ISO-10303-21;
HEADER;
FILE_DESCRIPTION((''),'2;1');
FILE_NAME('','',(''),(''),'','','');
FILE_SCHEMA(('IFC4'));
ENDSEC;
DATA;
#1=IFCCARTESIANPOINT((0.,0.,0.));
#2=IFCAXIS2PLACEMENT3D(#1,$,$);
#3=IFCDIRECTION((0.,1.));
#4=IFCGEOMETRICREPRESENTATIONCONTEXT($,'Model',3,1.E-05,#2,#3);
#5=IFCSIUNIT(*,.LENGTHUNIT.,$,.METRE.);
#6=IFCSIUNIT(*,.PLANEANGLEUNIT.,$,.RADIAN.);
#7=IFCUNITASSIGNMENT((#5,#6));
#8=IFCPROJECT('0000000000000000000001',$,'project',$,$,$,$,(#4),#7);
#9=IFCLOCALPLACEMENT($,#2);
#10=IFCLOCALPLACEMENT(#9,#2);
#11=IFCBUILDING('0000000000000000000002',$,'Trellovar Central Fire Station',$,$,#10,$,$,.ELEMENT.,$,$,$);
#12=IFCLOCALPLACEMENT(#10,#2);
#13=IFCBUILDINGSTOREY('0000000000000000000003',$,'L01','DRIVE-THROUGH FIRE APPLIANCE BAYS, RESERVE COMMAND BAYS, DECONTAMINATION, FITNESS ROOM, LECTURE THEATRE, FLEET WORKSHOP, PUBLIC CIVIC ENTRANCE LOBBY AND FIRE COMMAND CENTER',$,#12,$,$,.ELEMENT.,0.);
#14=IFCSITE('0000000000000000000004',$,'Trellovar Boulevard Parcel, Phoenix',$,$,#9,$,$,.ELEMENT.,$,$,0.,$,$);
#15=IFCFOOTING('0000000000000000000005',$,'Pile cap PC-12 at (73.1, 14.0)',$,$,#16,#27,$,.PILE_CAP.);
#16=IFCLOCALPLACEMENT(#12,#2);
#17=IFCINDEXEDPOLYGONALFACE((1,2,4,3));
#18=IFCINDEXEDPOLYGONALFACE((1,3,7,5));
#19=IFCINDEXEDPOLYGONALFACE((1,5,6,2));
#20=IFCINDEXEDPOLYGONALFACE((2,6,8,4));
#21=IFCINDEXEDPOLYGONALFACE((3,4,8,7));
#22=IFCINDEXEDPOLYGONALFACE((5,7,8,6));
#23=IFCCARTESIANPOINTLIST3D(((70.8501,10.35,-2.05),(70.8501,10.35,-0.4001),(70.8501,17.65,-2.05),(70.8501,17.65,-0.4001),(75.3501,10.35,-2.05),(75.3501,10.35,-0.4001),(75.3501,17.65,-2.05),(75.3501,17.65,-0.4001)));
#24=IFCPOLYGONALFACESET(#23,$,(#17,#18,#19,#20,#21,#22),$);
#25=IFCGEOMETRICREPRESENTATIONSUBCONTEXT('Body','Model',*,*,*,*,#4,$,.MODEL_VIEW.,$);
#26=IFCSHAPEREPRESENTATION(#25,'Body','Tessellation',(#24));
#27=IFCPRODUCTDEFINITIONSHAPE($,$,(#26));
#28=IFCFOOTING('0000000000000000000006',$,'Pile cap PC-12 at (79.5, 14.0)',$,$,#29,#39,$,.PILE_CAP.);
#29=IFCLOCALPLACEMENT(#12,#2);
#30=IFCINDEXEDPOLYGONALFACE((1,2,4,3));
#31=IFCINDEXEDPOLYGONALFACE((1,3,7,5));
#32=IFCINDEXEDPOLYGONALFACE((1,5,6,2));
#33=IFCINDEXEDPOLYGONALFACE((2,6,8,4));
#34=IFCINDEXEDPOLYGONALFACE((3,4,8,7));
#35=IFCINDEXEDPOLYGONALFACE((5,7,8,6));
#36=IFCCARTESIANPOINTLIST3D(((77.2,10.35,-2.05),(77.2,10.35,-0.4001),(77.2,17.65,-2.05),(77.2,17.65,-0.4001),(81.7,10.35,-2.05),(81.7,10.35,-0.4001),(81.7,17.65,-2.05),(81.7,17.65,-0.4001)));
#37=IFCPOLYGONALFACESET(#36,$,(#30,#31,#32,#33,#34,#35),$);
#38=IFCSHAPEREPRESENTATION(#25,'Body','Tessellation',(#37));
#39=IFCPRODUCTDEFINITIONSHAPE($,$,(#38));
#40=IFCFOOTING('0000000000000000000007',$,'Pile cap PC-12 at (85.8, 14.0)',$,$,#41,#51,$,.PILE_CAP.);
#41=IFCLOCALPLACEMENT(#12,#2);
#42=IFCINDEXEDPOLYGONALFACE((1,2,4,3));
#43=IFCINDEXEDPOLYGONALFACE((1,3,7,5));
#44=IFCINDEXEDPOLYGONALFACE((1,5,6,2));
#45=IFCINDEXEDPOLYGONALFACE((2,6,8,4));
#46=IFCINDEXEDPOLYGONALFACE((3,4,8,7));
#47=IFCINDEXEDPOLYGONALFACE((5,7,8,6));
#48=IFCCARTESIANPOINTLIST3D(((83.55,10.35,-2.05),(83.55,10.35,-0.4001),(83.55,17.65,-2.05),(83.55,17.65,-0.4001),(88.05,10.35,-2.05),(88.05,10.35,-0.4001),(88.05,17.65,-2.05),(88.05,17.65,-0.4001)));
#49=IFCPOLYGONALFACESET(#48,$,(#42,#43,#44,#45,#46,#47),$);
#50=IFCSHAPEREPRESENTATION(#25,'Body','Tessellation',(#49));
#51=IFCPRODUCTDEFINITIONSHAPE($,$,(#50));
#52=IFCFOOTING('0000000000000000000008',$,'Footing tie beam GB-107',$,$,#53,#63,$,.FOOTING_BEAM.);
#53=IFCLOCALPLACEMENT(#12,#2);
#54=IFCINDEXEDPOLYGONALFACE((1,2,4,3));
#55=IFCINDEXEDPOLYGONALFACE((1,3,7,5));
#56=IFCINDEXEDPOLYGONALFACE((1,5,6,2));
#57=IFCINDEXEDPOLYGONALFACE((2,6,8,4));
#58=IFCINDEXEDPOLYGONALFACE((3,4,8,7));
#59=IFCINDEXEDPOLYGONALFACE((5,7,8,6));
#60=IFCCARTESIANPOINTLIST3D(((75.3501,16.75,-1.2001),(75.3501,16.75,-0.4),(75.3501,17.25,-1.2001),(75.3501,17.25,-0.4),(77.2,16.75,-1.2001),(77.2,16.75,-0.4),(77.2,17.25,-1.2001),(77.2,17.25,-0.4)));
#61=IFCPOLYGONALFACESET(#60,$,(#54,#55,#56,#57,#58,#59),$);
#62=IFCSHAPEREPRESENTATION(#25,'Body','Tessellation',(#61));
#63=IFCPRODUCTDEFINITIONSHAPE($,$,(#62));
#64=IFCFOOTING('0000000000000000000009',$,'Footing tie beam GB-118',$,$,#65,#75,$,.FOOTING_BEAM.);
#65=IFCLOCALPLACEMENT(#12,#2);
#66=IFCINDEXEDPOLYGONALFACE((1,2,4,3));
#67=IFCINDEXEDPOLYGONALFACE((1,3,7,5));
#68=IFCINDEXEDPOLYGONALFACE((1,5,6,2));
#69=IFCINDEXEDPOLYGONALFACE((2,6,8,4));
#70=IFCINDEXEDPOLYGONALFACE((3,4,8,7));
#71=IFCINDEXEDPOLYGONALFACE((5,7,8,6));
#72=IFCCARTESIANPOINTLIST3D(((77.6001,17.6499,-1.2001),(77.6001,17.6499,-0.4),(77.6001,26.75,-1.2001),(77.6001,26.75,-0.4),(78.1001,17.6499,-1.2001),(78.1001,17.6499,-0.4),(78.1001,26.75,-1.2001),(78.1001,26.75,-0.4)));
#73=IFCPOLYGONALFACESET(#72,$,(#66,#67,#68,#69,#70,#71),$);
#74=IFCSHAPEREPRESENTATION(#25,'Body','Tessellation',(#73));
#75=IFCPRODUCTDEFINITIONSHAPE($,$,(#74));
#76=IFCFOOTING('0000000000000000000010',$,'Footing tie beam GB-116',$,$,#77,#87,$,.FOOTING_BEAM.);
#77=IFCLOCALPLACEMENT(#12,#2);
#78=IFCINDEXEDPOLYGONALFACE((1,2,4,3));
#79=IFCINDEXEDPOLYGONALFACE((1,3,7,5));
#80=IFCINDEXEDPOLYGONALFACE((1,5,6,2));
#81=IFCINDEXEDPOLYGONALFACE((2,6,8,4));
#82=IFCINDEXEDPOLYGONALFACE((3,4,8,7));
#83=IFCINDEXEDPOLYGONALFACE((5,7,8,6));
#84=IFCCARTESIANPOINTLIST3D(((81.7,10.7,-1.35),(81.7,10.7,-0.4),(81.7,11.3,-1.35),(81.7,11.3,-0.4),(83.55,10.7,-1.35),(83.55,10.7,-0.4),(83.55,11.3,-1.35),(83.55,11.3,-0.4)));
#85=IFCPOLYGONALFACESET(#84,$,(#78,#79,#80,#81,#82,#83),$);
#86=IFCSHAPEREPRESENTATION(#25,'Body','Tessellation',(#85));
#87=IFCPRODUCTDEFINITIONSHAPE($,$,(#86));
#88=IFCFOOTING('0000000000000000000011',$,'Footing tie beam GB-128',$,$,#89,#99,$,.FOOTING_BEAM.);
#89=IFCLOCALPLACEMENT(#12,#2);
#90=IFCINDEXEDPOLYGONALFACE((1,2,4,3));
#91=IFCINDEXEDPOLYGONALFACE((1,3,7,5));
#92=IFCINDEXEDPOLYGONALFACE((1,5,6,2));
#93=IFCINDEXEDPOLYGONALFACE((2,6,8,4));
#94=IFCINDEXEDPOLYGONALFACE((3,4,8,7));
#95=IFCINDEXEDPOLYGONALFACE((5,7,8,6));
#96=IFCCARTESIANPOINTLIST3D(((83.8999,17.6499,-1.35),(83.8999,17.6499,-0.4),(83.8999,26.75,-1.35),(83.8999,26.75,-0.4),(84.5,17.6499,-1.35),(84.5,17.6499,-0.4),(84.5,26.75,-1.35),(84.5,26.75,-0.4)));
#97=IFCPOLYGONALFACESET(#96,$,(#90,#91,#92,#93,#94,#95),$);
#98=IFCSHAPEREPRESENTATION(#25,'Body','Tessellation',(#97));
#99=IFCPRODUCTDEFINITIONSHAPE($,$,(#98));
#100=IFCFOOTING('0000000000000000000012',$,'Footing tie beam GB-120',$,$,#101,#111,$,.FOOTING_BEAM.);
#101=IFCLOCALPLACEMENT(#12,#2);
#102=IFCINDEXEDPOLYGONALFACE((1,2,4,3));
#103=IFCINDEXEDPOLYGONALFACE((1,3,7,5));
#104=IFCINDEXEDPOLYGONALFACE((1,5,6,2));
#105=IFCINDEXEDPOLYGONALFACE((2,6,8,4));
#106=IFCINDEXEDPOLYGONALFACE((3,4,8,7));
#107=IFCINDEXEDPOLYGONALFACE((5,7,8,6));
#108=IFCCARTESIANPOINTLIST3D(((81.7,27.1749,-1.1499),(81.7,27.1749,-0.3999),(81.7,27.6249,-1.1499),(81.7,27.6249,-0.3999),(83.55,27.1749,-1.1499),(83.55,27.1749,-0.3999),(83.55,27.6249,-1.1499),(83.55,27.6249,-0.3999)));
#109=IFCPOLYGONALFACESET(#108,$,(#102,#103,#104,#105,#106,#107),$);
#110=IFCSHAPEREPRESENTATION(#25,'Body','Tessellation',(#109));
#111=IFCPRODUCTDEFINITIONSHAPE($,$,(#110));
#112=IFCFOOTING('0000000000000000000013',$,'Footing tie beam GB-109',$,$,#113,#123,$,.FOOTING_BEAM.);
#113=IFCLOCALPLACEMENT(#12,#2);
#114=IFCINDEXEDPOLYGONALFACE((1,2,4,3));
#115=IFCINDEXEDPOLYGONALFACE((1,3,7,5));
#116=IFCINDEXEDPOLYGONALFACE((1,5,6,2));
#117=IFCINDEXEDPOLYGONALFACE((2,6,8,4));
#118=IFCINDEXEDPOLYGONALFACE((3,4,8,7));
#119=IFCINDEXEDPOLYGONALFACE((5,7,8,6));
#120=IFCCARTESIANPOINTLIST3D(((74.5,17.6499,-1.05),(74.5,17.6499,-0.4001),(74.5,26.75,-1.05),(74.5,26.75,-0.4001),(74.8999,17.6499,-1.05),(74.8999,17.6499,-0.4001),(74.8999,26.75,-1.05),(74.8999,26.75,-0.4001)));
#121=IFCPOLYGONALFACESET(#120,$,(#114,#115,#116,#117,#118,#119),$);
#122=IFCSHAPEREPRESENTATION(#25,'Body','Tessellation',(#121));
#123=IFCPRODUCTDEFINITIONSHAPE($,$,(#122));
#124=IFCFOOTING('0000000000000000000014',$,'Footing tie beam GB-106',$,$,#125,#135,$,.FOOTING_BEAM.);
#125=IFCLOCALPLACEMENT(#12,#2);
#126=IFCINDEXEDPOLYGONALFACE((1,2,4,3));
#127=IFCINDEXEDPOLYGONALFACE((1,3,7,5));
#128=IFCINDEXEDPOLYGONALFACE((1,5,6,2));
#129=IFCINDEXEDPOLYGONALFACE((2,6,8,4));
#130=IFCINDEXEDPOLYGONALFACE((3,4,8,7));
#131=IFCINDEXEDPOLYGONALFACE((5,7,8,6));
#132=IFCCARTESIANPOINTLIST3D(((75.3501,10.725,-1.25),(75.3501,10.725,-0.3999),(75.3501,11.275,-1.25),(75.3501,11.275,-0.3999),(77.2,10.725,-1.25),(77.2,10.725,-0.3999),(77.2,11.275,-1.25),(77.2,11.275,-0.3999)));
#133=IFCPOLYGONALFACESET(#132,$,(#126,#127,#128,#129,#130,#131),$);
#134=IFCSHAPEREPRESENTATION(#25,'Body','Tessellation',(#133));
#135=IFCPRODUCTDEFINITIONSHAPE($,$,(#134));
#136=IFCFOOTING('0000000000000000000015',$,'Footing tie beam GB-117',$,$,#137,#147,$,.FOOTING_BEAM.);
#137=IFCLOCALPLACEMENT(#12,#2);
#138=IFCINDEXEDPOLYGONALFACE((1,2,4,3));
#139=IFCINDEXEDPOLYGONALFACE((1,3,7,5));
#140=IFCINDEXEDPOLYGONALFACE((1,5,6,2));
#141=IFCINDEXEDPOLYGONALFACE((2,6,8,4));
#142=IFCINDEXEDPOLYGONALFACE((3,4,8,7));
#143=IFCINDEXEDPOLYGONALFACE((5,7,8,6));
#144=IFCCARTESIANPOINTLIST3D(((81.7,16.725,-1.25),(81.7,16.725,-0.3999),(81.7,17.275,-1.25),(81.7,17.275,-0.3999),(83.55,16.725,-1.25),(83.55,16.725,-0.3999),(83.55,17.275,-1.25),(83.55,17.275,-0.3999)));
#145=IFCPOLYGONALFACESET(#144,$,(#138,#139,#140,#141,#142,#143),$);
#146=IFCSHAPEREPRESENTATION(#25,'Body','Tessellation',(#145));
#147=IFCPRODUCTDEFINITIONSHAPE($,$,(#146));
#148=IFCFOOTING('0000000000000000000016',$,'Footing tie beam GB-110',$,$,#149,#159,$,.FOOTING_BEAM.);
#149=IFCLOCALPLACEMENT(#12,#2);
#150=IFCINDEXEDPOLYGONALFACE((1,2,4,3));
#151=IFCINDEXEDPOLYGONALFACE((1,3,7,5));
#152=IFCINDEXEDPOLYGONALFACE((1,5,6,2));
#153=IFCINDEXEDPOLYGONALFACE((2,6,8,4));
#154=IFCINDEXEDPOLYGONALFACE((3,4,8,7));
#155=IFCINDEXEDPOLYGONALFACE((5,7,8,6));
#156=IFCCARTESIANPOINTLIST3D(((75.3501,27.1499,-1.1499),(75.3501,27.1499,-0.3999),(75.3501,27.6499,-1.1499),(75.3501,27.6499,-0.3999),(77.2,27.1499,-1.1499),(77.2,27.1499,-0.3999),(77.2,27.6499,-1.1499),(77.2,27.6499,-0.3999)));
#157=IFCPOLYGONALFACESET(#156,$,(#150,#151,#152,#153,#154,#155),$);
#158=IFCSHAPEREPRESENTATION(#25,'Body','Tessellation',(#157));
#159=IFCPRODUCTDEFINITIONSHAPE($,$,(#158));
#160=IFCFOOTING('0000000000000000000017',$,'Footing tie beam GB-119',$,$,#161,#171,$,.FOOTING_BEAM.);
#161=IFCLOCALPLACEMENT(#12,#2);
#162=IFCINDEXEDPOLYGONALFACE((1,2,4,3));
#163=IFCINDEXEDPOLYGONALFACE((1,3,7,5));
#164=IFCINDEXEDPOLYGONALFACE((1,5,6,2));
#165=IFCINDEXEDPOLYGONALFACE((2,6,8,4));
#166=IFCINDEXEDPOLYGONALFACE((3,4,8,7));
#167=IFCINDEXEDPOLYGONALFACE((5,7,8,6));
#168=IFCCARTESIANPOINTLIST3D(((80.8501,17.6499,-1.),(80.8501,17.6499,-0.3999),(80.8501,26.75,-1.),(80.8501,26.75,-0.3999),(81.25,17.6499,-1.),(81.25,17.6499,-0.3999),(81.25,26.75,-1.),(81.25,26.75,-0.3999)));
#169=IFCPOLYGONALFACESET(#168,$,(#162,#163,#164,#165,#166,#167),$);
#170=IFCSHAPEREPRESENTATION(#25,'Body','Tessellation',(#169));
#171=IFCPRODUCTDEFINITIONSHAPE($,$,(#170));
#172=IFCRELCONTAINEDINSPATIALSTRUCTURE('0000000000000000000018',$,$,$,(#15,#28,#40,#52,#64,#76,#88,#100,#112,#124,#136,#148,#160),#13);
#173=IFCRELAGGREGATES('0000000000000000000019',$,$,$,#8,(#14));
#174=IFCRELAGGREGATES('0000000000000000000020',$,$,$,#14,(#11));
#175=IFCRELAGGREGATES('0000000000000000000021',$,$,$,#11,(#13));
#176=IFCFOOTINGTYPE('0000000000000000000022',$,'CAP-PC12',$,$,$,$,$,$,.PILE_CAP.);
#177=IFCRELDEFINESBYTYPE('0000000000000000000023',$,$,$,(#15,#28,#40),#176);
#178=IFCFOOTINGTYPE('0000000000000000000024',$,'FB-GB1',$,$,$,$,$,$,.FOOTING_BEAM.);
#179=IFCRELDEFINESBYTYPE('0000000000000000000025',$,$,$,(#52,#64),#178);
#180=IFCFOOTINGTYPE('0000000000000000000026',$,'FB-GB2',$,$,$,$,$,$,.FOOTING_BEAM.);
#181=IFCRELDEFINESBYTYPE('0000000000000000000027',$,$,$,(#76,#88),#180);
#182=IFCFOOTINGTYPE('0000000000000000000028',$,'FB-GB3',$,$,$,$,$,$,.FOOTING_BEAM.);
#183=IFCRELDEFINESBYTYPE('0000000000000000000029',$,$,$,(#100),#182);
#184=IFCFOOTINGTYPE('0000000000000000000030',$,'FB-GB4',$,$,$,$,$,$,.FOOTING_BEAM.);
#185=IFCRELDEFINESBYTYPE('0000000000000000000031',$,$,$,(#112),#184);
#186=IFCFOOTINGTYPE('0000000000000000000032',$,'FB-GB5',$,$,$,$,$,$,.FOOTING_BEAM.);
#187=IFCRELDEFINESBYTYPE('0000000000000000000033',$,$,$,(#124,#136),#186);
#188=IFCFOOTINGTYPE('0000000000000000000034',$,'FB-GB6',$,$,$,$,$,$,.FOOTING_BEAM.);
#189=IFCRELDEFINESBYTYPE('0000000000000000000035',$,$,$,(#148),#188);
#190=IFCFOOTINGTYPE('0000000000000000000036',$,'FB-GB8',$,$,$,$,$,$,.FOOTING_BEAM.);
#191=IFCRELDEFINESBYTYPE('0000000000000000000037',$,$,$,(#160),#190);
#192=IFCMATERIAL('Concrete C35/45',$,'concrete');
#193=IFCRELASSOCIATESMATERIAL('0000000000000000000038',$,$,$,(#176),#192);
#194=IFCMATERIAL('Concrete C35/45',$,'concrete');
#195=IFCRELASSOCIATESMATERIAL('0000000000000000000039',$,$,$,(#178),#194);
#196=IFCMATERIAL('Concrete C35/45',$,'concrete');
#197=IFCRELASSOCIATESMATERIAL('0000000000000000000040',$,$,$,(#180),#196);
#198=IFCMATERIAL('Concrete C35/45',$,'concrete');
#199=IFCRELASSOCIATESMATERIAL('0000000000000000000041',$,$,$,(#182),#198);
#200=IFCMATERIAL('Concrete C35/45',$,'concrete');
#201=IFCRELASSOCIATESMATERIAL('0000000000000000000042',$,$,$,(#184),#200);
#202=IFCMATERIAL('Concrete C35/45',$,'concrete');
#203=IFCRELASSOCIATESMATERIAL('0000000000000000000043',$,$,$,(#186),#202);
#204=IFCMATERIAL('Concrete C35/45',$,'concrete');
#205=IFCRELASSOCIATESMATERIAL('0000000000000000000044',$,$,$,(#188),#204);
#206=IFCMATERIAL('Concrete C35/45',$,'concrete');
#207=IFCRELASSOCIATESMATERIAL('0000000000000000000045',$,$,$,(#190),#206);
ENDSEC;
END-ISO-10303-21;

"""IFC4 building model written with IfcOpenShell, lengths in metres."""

from ifc_helpers import new_model, si_unit, direction, frame, origin, origin_2d, place, context, subcontext, project, spatial, rectangle, extrude, material, material_profile, profile_set, type_object, element, save


model = new_model("IFC4")

# Units and contexts
model_context = context("Model", 3, precision=1e-05, world=origin(), true_north=direction((0.0, 1.0)))
body_context = subcontext(model_context, "Body", "Model", "MODEL_VIEW")
ifc_project = project(units=[si_unit("LENGTHUNIT", "METRE"), si_unit("PLANEANGLEUNIT", "RADIAN")], contexts=[model_context])

# Site, building, storey
site_placement = place(None, origin())
site = spatial("IfcSite", under=ifc_project, at=site_placement, Name="Trellovar Boulevard Parcel, Phoenix", CompositionType="ELEMENT", RefElevation=0.0)
building_placement = place(site_placement, origin())
building = spatial("IfcBuilding", under=site, at=building_placement, Name="Trellovar Central Fire Station", CompositionType="ELEMENT")
storey_placement = place(building_placement, origin())
storey = spatial("IfcBuildingStorey", under=building, at=storey_placement, Name="L01", Description="DRIVE-THROUGH FIRE APPLIANCE BAYS, RESERVE COMMAND BAYS, DECONTAMINATION, FITNESS ROOM, LECTURE THEATRE, FLEET WORKSHOP, PUBLIC CIVIC ENTRANCE LOBBY AND FIRE COMMAND CENTER", CompositionType="ELEMENT", Elevation=0.0)

# Footings
ifc_material_1 = material(Name="Concrete C35/45", Category="concrete")
footing_type_1 = type_object("IfcFootingType", Name="CAP-PC12", PredefinedType="PILE_CAP", material=ifc_material_1)
for number, where, z_axis, x_axis, name in (
    (1, (73.1001, 14.0, -2.05), (0.0, 0.0, 1.0), (1.0, 0.0, 0.0), "Pile cap PC-12 at (73.1, 14.0)"),
    (2, (79.45, 14.0, -2.05), (0.0, 0.0, 1.0), (1.0, 0.0, 0.0), "Pile cap PC-12 at (79.5, 14.0)"),
    (3, (85.8, 14.0, -2.05), (0.0, 0.0, 1.0), (1.0, 0.0, 0.0), "Pile cap PC-12 at (85.8, 14.0)"),
):
    element("IfcFooting", number, at=place(storey_placement, frame(where, z_axis=z_axis, x_axis=x_axis)), inside=storey, type_object=footing_type_1, Name=name, PredefinedType="PILE_CAP", context=body_context, shape_type="SweptSolid", body=[
        extrude(rectangle(XDim=4.5, YDim=7.3, at=origin_2d()), origin(), (0.0, 0.0, 1.0), 1.6499),
    ])
ifc_material_2 = material(Name="Concrete C35/45", Category="concrete")
ifc_material_profile_1 = material_profile(ifc_material_2, rectangle(XDim=0.5, YDim=0.8, at=origin_2d()), Name="RC500X800")
ifc_profile_set_1 = profile_set([ifc_material_profile_1], Name="Concrete C35/45")
footing_type_2 = type_object("IfcFootingType", Name="FB-GB1", PredefinedType="FOOTING_BEAM", material=ifc_profile_set_1)
footing_1_placement = place(storey_placement, frame((75.3501, 17.0, -0.8), z_axis=(1.0, 0.0, 0.0), x_axis=(0.0, 1.0, 0.0)))
element("IfcFooting", 4, at=footing_1_placement, inside=storey, type_object=footing_type_2, Name="Footing tie beam GB-107", PredefinedType="FOOTING_BEAM", context=body_context, shape_type="SweptSolid", body=[
    extrude(rectangle(XDim=0.5, YDim=0.8, at=origin_2d()), origin(), (0.0, 0.0, 1.0), 1.8499),
])
footing_2_placement = place(storey_placement, frame((77.8501, 17.6499, -0.8), z_axis=(0.0, 1.0, 0.0), x_axis=(-1.0, 0.0, 0.0)))
element("IfcFooting", 5, at=footing_2_placement, inside=storey, type_object=footing_type_2, Name="Footing tie beam GB-118", PredefinedType="FOOTING_BEAM", context=body_context, shape_type="SweptSolid", body=[
    extrude(rectangle(XDim=0.5, YDim=0.8, at=origin_2d()), origin(), (0.0, 0.0, 1.0), 9.1001),
])
ifc_material_3 = material(Name="Concrete C35/45", Category="concrete")
ifc_material_profile_2 = material_profile(ifc_material_3, rectangle(XDim=0.6001, YDim=0.95, at=origin_2d()), Name="RC600X950")
ifc_profile_set_2 = profile_set([ifc_material_profile_2], Name="Concrete C35/45")
footing_type_3 = type_object("IfcFootingType", Name="FB-GB2", PredefinedType="FOOTING_BEAM", material=ifc_profile_set_2)
footing_3_placement = place(storey_placement, frame((81.7, 11.0, -0.875), z_axis=(1.0, 0.0, 0.0), x_axis=(0.0, 1.0, 0.0)))
element("IfcFooting", 6, at=footing_3_placement, inside=storey, type_object=footing_type_3, Name="Footing tie beam GB-116", PredefinedType="FOOTING_BEAM", context=body_context, shape_type="SweptSolid", body=[
    extrude(rectangle(XDim=0.6001, YDim=0.95, at=origin_2d()), origin(), (0.0, 0.0, 1.0), 1.8501),
])
footing_4_placement = place(storey_placement, frame((84.2, 17.6499, -0.875), z_axis=(0.0, 1.0, 0.0), x_axis=(-1.0, 0.0, 0.0)))
element("IfcFooting", 7, at=footing_4_placement, inside=storey, type_object=footing_type_3, Name="Footing tie beam GB-128", PredefinedType="FOOTING_BEAM", context=body_context, shape_type="SweptSolid", body=[
    extrude(rectangle(XDim=0.6001, YDim=0.95, at=origin_2d()), origin(), (0.0, 0.0, 1.0), 9.1001),
])
ifc_material_4 = material(Name="Concrete C35/45", Category="concrete")
ifc_material_profile_3 = material_profile(ifc_material_4, rectangle(XDim=0.45, YDim=0.75, at=origin_2d()), Name="RC450X750")
ifc_profile_set_3 = profile_set([ifc_material_profile_3], Name="Concrete C35/45")
footing_type_4 = type_object("IfcFootingType", Name="FB-GB3", PredefinedType="FOOTING_BEAM", material=ifc_profile_set_3)
footing_5_placement = place(storey_placement, frame((81.7, 27.3999, -0.7749), z_axis=(1.0, 0.0, 0.0), x_axis=(0.0, 1.0, 0.0)))
element("IfcFooting", 8, at=footing_5_placement, inside=storey, type_object=footing_type_4, Name="Footing tie beam GB-120", PredefinedType="FOOTING_BEAM", context=body_context, shape_type="SweptSolid", body=[
    extrude(rectangle(XDim=0.45, YDim=0.75, at=origin_2d()), origin(), (0.0, 0.0, 1.0), 1.8501),
])
ifc_material_5 = material(Name="Concrete C35/45", Category="concrete")
ifc_material_profile_4 = material_profile(ifc_material_5, rectangle(XDim=0.3999, YDim=0.6499, at=origin_2d()), Name="RC400X650")
ifc_profile_set_4 = profile_set([ifc_material_profile_4], Name="Concrete C35/45")
footing_type_5 = type_object("IfcFootingType", Name="FB-GB4", PredefinedType="FOOTING_BEAM", material=ifc_profile_set_4)
footing_6_placement = place(storey_placement, frame((74.7, 17.6499, -0.7251), z_axis=(0.0, 1.0, 0.0), x_axis=(-1.0, 0.0, 0.0)))
element("IfcFooting", 9, at=footing_6_placement, inside=storey, type_object=footing_type_5, Name="Footing tie beam GB-109", PredefinedType="FOOTING_BEAM", context=body_context, shape_type="SweptSolid", body=[
    extrude(rectangle(XDim=0.3999, YDim=0.6499, at=origin_2d()), origin(), (0.0, 0.0, 1.0), 9.1001),
])
ifc_material_6 = material(Name="Concrete C35/45", Category="concrete")
ifc_material_profile_5 = material_profile(ifc_material_6, rectangle(XDim=0.55, YDim=0.8501, at=origin_2d()), Name="RC550X850")
ifc_profile_set_5 = profile_set([ifc_material_profile_5], Name="Concrete C35/45")
footing_type_6 = type_object("IfcFootingType", Name="FB-GB5", PredefinedType="FOOTING_BEAM", material=ifc_profile_set_5)
footing_7_placement = place(storey_placement, frame((75.3501, 11.0, -0.825), z_axis=(1.0, 0.0, 0.0), x_axis=(0.0, 1.0, 0.0)))
element("IfcFooting", 10, at=footing_7_placement, inside=storey, type_object=footing_type_6, Name="Footing tie beam GB-106", PredefinedType="FOOTING_BEAM", context=body_context, shape_type="SweptSolid", body=[
    extrude(rectangle(XDim=0.55, YDim=0.8501, at=origin_2d()), origin(), (0.0, 0.0, 1.0), 1.8499),
])
footing_8_placement = place(storey_placement, frame((81.7, 17.0, -0.825), z_axis=(1.0, 0.0, 0.0), x_axis=(0.0, 1.0, 0.0)))
element("IfcFooting", 11, at=footing_8_placement, inside=storey, type_object=footing_type_6, Name="Footing tie beam GB-117", PredefinedType="FOOTING_BEAM", context=body_context, shape_type="SweptSolid", body=[
    extrude(rectangle(XDim=0.55, YDim=0.8501, at=origin_2d()), origin(), (0.0, 0.0, 1.0), 1.8501),
])
ifc_material_7 = material(Name="Concrete C35/45", Category="concrete")
ifc_material_profile_6 = material_profile(ifc_material_7, rectangle(XDim=0.5, YDim=0.75, at=origin_2d()), Name="RC500X750")
ifc_profile_set_6 = profile_set([ifc_material_profile_6], Name="Concrete C35/45")
footing_type_7 = type_object("IfcFootingType", Name="FB-GB6", PredefinedType="FOOTING_BEAM", material=ifc_profile_set_6)
footing_9_placement = place(storey_placement, frame((75.3501, 27.3999, -0.7749), z_axis=(1.0, 0.0, 0.0), x_axis=(0.0, 1.0, 0.0)))
element("IfcFooting", 12, at=footing_9_placement, inside=storey, type_object=footing_type_7, Name="Footing tie beam GB-110", PredefinedType="FOOTING_BEAM", context=body_context, shape_type="SweptSolid", body=[
    extrude(rectangle(XDim=0.5, YDim=0.75, at=origin_2d()), origin(), (0.0, 0.0, 1.0), 1.8499),
])
ifc_material_8 = material(Name="Concrete C35/45", Category="concrete")
ifc_material_profile_7 = material_profile(ifc_material_8, rectangle(XDim=0.3999, YDim=0.6001, at=origin_2d()), Name="RC400X600")
ifc_profile_set_7 = profile_set([ifc_material_profile_7], Name="Concrete C35/45")
footing_type_8 = type_object("IfcFootingType", Name="FB-GB8", PredefinedType="FOOTING_BEAM", material=ifc_profile_set_7)
footing_10_placement = place(storey_placement, frame((81.05, 17.6499, -0.7), z_axis=(0.0, 1.0, 0.0), x_axis=(-1.0, 0.0, 0.0)))
element("IfcFooting", 13, at=footing_10_placement, inside=storey, type_object=footing_type_8, Name="Footing tie beam GB-119", PredefinedType="FOOTING_BEAM", context=body_context, shape_type="SweptSolid", body=[
    extrude(rectangle(XDim=0.3999, YDim=0.6001, at=origin_2d()), origin(), (0.0, 0.0, 1.0), 9.1001),
])

save(model, "model.ifc")
